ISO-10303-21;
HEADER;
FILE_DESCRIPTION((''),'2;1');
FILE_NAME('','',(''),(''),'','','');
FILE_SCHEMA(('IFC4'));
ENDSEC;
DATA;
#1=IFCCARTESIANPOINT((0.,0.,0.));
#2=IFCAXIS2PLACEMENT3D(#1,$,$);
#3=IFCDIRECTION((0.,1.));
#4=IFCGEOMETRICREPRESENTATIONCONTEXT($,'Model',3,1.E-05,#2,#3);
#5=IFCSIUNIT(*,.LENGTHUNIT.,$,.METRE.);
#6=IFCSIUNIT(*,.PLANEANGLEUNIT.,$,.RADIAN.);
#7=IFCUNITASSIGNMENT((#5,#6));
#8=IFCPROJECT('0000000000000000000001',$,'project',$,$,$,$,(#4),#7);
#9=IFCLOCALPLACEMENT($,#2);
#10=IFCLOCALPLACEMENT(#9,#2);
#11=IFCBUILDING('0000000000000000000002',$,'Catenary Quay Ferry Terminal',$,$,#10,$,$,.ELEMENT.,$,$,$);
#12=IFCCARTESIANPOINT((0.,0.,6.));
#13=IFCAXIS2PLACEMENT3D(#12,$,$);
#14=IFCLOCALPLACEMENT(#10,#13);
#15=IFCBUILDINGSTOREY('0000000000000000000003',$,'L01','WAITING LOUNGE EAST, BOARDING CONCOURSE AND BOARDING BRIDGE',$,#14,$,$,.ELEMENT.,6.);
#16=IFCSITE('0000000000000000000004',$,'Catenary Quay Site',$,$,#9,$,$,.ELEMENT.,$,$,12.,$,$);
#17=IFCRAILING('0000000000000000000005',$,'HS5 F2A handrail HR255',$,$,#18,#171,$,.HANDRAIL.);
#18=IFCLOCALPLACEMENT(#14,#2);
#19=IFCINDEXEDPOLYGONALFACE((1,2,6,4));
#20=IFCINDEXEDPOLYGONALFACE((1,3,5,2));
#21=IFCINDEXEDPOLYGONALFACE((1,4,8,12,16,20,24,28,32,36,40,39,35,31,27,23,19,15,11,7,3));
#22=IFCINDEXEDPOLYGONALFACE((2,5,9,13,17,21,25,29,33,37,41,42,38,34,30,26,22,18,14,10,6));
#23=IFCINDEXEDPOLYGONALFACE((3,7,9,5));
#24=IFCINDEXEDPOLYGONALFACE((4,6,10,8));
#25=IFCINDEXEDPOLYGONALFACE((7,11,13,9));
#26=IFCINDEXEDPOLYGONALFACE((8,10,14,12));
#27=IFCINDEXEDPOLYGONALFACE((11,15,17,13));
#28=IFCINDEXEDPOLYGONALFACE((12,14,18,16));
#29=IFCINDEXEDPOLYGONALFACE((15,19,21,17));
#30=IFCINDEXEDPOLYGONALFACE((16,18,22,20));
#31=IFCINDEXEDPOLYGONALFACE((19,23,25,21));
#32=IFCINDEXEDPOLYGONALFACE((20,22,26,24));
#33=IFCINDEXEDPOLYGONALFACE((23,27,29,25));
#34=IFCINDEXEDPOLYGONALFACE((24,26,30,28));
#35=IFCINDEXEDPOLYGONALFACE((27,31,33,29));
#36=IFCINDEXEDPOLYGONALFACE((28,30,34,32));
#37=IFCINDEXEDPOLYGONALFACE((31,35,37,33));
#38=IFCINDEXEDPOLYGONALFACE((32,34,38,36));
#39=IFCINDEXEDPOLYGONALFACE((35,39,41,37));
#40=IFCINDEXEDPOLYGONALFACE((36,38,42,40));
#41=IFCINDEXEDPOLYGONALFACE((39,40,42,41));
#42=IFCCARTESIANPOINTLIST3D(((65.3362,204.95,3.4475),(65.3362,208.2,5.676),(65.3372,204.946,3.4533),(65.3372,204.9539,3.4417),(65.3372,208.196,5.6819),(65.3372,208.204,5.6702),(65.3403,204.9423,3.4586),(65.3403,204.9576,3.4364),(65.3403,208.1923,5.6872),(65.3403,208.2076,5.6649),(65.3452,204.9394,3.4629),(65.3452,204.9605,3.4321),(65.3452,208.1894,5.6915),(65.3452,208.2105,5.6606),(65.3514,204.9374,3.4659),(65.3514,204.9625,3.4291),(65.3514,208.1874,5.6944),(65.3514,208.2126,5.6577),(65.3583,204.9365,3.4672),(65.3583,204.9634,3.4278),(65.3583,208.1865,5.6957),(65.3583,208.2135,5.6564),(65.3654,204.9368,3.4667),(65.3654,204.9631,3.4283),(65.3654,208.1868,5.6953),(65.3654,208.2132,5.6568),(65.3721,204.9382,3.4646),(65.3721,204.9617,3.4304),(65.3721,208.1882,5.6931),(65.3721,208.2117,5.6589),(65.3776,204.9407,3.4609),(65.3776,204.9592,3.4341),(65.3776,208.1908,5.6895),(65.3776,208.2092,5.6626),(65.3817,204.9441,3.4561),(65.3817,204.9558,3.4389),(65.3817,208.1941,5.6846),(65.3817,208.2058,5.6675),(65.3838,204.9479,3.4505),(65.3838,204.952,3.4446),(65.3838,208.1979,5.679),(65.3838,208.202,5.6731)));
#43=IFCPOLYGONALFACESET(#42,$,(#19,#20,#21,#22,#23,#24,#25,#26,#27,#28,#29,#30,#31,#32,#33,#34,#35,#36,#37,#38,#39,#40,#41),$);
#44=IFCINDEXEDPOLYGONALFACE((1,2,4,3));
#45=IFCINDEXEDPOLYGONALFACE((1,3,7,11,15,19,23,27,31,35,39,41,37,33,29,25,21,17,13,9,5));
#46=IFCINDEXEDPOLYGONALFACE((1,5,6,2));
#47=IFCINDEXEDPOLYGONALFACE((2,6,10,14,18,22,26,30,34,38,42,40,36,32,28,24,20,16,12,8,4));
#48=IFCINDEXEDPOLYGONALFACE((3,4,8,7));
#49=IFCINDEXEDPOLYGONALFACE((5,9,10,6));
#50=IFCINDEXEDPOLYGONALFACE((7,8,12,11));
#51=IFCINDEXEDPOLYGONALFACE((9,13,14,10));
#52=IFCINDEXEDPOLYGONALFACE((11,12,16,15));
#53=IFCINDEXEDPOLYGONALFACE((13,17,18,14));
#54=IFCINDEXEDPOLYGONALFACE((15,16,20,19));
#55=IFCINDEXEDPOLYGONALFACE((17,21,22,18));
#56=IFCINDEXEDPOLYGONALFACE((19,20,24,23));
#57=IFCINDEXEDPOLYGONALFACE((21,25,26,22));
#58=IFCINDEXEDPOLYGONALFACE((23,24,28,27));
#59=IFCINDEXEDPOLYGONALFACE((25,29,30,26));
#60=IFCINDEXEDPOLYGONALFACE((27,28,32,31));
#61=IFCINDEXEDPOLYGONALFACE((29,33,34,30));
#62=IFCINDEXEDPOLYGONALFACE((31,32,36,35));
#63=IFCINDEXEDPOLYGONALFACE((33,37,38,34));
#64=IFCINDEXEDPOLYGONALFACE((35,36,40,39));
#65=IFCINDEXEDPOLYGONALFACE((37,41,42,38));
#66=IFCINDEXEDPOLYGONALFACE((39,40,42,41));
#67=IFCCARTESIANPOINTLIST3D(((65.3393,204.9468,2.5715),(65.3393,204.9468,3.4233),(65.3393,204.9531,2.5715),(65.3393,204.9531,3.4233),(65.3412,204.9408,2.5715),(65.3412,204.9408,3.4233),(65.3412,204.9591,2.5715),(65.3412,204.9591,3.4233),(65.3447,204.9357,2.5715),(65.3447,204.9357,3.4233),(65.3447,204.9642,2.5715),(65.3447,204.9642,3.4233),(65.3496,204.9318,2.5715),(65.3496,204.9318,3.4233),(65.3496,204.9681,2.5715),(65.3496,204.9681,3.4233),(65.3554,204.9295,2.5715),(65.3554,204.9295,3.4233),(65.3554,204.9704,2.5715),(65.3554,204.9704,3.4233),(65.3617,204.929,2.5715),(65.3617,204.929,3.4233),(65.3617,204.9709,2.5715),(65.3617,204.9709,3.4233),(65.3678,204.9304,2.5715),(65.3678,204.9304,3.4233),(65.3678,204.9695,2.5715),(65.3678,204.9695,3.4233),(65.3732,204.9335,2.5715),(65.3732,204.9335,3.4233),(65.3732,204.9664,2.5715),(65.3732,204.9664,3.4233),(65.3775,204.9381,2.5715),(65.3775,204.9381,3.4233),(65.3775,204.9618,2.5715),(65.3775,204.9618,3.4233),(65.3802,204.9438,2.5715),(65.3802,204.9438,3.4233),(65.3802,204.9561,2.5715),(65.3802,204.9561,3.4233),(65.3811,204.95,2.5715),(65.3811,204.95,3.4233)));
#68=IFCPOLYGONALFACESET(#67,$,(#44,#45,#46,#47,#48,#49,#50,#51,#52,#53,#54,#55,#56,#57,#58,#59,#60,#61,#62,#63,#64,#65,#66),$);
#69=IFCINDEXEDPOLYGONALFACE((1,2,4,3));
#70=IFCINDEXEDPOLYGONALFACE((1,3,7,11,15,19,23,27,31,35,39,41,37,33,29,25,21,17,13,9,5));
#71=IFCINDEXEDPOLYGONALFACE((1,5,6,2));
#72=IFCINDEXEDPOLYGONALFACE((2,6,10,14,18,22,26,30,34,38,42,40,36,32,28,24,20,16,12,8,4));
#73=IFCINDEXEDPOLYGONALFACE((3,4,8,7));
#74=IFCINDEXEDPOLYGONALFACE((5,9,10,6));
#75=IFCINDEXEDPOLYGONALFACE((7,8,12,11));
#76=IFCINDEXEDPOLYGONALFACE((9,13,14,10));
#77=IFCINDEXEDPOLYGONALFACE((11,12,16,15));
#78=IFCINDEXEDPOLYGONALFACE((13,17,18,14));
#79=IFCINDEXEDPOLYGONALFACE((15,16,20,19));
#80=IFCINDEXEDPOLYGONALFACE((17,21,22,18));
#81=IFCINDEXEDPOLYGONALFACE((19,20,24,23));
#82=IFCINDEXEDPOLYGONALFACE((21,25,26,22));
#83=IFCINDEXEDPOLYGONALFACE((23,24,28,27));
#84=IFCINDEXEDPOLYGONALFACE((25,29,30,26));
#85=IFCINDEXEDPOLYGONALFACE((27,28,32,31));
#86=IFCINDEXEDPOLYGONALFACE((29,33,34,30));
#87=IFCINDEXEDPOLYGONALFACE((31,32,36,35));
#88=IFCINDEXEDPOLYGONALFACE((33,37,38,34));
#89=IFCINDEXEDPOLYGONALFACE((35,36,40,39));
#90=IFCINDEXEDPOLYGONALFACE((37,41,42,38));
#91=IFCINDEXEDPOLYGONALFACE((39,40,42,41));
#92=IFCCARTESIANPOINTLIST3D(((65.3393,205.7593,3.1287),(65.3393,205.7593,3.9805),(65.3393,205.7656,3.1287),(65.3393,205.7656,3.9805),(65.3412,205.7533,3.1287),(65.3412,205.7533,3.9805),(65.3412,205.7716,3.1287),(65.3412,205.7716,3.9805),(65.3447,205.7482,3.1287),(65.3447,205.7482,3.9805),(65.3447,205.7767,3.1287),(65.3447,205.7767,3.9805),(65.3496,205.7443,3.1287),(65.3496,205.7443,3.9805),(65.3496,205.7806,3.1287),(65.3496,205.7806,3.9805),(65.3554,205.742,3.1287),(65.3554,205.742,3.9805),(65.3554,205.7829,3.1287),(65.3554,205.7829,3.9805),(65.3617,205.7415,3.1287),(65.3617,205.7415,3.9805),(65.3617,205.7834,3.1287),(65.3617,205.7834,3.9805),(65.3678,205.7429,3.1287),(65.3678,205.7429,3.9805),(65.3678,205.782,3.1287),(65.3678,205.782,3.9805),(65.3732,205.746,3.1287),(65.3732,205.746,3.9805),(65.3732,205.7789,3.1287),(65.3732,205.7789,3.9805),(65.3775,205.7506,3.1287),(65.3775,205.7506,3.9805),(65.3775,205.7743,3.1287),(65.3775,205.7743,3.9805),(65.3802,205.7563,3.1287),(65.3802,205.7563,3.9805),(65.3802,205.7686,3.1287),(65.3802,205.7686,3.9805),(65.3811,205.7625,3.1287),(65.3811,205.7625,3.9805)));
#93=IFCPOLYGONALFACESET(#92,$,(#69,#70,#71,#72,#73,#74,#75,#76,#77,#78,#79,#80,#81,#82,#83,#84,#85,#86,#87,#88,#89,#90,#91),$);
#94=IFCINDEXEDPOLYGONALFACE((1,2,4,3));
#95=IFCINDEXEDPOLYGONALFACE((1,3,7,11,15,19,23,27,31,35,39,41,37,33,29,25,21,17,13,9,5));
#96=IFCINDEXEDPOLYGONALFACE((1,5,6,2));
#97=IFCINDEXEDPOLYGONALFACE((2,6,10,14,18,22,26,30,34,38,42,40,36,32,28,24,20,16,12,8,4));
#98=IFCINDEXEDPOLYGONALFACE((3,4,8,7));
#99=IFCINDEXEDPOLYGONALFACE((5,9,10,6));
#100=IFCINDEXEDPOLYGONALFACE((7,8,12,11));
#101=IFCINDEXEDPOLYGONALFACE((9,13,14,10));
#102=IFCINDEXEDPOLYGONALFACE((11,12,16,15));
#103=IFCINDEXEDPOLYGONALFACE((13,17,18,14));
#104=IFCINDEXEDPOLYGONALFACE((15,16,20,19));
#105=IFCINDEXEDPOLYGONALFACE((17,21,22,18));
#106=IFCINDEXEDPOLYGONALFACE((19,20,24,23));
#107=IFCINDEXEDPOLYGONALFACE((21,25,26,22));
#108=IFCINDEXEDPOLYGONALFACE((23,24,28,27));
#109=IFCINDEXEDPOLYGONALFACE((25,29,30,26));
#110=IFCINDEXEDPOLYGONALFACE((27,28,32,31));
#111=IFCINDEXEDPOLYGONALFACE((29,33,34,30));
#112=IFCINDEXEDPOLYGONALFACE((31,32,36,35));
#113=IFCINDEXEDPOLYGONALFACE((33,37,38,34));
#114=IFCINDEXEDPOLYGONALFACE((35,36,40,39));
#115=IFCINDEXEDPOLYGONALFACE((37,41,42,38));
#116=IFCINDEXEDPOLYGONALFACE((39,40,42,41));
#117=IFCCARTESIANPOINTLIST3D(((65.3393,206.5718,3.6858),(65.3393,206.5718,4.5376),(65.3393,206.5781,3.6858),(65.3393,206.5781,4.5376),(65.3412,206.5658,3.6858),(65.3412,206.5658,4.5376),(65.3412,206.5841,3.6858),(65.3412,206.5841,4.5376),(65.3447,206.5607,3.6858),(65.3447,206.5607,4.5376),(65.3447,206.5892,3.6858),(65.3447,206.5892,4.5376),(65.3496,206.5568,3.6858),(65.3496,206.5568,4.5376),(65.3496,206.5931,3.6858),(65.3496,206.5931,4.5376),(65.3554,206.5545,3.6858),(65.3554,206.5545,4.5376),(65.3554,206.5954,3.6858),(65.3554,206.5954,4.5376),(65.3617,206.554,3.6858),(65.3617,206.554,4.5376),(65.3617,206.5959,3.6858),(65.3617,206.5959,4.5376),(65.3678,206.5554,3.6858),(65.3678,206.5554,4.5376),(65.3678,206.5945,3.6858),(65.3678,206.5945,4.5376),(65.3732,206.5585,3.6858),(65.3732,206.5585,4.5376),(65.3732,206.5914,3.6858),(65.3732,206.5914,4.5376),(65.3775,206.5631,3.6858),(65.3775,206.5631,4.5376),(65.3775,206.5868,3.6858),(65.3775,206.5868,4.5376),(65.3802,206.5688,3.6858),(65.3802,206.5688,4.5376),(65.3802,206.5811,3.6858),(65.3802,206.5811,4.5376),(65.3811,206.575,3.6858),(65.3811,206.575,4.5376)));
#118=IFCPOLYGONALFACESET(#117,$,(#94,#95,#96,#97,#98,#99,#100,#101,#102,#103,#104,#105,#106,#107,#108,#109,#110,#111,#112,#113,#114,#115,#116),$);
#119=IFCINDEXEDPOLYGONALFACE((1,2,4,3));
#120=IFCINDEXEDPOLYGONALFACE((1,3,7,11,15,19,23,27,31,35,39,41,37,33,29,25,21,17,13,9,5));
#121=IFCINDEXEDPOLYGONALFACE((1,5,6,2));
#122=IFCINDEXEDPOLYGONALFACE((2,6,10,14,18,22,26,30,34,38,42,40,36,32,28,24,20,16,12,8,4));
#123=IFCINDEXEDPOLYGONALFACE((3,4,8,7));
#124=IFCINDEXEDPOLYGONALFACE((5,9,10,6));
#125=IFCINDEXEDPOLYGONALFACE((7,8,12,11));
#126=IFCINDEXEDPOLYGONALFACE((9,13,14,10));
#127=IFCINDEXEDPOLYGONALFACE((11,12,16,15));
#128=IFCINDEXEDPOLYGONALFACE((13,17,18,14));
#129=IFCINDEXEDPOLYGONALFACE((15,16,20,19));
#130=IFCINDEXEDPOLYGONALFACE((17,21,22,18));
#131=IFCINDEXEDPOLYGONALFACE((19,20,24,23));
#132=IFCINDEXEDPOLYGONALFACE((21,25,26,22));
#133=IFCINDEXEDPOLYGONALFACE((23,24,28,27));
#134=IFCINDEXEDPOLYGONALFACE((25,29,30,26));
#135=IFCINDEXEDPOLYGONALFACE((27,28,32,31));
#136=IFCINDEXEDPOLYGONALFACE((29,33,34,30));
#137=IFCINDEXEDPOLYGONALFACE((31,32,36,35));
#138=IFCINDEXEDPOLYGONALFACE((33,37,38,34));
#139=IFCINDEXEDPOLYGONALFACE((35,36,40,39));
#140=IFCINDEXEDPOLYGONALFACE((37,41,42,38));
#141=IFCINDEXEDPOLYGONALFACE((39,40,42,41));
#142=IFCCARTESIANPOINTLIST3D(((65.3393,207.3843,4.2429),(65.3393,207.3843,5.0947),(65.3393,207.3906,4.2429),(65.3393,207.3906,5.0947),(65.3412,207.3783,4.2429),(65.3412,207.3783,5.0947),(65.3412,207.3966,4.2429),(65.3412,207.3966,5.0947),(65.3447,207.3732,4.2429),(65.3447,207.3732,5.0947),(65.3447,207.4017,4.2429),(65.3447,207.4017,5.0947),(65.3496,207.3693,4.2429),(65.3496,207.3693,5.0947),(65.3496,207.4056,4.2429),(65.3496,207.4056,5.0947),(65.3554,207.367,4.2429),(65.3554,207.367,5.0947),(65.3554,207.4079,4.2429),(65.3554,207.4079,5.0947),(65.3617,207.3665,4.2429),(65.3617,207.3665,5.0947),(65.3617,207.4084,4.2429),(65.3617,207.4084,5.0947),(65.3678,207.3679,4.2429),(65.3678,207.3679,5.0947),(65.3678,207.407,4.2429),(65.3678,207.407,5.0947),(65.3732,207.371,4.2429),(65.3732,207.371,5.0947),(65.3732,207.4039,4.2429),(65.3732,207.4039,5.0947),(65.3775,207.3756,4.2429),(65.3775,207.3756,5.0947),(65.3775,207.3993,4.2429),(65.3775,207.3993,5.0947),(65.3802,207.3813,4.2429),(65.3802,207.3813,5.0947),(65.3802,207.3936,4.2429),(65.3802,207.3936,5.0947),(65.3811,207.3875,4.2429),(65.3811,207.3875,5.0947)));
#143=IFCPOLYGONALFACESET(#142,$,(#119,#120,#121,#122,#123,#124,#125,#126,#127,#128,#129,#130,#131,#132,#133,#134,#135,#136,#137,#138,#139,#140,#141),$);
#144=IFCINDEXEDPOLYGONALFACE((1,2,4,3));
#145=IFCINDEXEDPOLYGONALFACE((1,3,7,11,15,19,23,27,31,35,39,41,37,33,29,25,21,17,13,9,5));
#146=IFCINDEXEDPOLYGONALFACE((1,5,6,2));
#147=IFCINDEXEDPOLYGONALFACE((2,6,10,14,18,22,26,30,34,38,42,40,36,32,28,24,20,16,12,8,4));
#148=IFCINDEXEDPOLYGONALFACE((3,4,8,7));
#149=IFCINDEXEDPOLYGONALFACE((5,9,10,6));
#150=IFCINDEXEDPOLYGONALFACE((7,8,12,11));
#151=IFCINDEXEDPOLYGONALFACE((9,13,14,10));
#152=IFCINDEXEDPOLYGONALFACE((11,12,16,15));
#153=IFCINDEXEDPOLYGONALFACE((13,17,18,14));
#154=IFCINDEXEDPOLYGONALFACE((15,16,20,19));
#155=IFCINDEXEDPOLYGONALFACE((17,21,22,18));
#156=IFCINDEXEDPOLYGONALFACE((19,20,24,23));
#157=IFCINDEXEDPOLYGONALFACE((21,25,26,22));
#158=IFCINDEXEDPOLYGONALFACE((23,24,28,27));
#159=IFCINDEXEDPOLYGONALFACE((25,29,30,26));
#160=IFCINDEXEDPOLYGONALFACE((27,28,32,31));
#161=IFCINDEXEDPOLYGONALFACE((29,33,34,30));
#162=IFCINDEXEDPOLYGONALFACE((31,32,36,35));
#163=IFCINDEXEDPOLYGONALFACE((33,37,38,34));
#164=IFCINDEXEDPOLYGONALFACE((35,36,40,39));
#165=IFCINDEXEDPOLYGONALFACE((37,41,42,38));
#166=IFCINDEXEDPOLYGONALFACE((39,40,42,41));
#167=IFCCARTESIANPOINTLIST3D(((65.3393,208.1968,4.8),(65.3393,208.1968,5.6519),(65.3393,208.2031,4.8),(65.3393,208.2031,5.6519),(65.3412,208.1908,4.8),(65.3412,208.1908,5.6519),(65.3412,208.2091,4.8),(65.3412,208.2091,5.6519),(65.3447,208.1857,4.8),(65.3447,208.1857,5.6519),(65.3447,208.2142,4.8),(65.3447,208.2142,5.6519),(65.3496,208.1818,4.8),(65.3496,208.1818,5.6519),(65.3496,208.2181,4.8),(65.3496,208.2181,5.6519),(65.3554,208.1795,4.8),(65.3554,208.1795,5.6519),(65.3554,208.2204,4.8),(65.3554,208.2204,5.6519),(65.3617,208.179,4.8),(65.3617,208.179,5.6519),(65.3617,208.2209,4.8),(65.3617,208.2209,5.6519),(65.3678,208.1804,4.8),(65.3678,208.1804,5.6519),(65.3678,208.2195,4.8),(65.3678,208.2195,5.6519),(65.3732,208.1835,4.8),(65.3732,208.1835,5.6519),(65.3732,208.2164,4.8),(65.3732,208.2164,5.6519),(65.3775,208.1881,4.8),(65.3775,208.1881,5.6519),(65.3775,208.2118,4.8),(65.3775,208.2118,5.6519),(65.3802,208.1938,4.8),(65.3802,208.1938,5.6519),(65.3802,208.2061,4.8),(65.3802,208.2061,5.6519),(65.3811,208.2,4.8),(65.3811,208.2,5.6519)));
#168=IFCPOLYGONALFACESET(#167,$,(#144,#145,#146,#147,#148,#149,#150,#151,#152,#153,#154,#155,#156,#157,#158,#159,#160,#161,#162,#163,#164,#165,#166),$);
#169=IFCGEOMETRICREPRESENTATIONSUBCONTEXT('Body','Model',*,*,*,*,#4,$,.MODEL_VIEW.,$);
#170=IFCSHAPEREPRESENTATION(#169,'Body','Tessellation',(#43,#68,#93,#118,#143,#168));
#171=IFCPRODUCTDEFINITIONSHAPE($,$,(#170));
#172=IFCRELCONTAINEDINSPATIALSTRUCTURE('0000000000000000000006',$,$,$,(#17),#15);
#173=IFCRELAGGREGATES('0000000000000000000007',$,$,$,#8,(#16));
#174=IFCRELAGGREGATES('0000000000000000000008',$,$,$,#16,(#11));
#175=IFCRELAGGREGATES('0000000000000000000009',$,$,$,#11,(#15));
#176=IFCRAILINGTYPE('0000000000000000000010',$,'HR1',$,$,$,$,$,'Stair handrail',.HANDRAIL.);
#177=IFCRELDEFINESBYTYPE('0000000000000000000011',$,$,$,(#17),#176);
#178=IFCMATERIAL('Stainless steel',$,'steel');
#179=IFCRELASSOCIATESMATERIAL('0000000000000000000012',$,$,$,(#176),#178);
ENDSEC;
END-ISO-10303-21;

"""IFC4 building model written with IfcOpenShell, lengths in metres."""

from ifc_helpers import new_model, si_unit, direction, frame, origin, origin_2d, place, context, subcontext, project, spatial, circle, extrude, material, type_object, element, save


model = new_model("IFC4")

# Units and contexts
model_context = context("Model", 3, precision=1e-05, world=origin(), true_north=direction((0.0, 1.0)))
body_context = subcontext(model_context, "Body", "Model", "MODEL_VIEW")
ifc_project = project(units=[si_unit("LENGTHUNIT", "METRE"), si_unit("PLANEANGLEUNIT", "RADIAN")], contexts=[model_context])

# Site, building, storey
site_placement = place(None, origin())
site = spatial("IfcSite", under=ifc_project, at=site_placement, Name="Catenary Quay Site", CompositionType="ELEMENT", RefElevation=12.0)
building_placement = place(site_placement, origin())
building = spatial("IfcBuilding", under=site, at=building_placement, Name="Catenary Quay Ferry Terminal", CompositionType="ELEMENT")
storey_placement = place(building_placement, frame((0.0, 0.0, 6.0)))
storey = spatial("IfcBuildingStorey", under=building, at=storey_placement, Name="L01", Description="WAITING LOUNGE EAST, BOARDING CONCOURSE AND BOARDING BRIDGE", CompositionType="ELEMENT", Elevation=6.0)

# Railing
ifc_material_1 = material(Name="Stainless steel", Category="steel")
railing_type_1 = type_object("IfcRailingType", Name="HR1", ElementType="Stair handrail", PredefinedType="HANDRAIL", material=ifc_material_1)
for number, where, name in (
    (1, (65.3601, 204.95, 2.5715), "HS5 F2A handrail HR255"),
):
    element("IfcRailing", number, at=place(storey_placement, frame(where)), inside=storey, type_object=railing_type_1, Name=name, PredefinedType="HANDRAIL", context=body_context, shape_type="SweptSolid", body=[
        extrude(circle(Radius=0.0239, at=origin_2d()), frame((0.0, 0.0, 0.876), z_axis=(0.0, 0.824735, 0.565519), x_axis=(-1.0, 0.0, 0.0)), (0.0, 0.0, 1.0), 3.9407),
        extrude(circle(Radius=0.021, at=origin_2d()), origin(), (0.0, 0.0, 1.0), 0.8518),
        extrude(circle(Radius=0.021, at=origin_2d()), frame((0.0, 0.8125, 0.5571)), (0.0, 0.0, 1.0), 0.8518),
        extrude(circle(Radius=0.021, at=origin_2d()), frame((0.0, 1.625, 1.1143)), (0.0, 0.0, 1.0), 0.8518),
        extrude(circle(Radius=0.021, at=origin_2d()), frame((0.0, 2.4375, 1.6714)), (0.0, 0.0, 1.0), 0.8518),
        extrude(circle(Radius=0.021, at=origin_2d()), frame((0.0, 3.25, 2.2285)), (0.0, 0.0, 1.0), 0.8518),
    ])

save(model, "model.ifc")
